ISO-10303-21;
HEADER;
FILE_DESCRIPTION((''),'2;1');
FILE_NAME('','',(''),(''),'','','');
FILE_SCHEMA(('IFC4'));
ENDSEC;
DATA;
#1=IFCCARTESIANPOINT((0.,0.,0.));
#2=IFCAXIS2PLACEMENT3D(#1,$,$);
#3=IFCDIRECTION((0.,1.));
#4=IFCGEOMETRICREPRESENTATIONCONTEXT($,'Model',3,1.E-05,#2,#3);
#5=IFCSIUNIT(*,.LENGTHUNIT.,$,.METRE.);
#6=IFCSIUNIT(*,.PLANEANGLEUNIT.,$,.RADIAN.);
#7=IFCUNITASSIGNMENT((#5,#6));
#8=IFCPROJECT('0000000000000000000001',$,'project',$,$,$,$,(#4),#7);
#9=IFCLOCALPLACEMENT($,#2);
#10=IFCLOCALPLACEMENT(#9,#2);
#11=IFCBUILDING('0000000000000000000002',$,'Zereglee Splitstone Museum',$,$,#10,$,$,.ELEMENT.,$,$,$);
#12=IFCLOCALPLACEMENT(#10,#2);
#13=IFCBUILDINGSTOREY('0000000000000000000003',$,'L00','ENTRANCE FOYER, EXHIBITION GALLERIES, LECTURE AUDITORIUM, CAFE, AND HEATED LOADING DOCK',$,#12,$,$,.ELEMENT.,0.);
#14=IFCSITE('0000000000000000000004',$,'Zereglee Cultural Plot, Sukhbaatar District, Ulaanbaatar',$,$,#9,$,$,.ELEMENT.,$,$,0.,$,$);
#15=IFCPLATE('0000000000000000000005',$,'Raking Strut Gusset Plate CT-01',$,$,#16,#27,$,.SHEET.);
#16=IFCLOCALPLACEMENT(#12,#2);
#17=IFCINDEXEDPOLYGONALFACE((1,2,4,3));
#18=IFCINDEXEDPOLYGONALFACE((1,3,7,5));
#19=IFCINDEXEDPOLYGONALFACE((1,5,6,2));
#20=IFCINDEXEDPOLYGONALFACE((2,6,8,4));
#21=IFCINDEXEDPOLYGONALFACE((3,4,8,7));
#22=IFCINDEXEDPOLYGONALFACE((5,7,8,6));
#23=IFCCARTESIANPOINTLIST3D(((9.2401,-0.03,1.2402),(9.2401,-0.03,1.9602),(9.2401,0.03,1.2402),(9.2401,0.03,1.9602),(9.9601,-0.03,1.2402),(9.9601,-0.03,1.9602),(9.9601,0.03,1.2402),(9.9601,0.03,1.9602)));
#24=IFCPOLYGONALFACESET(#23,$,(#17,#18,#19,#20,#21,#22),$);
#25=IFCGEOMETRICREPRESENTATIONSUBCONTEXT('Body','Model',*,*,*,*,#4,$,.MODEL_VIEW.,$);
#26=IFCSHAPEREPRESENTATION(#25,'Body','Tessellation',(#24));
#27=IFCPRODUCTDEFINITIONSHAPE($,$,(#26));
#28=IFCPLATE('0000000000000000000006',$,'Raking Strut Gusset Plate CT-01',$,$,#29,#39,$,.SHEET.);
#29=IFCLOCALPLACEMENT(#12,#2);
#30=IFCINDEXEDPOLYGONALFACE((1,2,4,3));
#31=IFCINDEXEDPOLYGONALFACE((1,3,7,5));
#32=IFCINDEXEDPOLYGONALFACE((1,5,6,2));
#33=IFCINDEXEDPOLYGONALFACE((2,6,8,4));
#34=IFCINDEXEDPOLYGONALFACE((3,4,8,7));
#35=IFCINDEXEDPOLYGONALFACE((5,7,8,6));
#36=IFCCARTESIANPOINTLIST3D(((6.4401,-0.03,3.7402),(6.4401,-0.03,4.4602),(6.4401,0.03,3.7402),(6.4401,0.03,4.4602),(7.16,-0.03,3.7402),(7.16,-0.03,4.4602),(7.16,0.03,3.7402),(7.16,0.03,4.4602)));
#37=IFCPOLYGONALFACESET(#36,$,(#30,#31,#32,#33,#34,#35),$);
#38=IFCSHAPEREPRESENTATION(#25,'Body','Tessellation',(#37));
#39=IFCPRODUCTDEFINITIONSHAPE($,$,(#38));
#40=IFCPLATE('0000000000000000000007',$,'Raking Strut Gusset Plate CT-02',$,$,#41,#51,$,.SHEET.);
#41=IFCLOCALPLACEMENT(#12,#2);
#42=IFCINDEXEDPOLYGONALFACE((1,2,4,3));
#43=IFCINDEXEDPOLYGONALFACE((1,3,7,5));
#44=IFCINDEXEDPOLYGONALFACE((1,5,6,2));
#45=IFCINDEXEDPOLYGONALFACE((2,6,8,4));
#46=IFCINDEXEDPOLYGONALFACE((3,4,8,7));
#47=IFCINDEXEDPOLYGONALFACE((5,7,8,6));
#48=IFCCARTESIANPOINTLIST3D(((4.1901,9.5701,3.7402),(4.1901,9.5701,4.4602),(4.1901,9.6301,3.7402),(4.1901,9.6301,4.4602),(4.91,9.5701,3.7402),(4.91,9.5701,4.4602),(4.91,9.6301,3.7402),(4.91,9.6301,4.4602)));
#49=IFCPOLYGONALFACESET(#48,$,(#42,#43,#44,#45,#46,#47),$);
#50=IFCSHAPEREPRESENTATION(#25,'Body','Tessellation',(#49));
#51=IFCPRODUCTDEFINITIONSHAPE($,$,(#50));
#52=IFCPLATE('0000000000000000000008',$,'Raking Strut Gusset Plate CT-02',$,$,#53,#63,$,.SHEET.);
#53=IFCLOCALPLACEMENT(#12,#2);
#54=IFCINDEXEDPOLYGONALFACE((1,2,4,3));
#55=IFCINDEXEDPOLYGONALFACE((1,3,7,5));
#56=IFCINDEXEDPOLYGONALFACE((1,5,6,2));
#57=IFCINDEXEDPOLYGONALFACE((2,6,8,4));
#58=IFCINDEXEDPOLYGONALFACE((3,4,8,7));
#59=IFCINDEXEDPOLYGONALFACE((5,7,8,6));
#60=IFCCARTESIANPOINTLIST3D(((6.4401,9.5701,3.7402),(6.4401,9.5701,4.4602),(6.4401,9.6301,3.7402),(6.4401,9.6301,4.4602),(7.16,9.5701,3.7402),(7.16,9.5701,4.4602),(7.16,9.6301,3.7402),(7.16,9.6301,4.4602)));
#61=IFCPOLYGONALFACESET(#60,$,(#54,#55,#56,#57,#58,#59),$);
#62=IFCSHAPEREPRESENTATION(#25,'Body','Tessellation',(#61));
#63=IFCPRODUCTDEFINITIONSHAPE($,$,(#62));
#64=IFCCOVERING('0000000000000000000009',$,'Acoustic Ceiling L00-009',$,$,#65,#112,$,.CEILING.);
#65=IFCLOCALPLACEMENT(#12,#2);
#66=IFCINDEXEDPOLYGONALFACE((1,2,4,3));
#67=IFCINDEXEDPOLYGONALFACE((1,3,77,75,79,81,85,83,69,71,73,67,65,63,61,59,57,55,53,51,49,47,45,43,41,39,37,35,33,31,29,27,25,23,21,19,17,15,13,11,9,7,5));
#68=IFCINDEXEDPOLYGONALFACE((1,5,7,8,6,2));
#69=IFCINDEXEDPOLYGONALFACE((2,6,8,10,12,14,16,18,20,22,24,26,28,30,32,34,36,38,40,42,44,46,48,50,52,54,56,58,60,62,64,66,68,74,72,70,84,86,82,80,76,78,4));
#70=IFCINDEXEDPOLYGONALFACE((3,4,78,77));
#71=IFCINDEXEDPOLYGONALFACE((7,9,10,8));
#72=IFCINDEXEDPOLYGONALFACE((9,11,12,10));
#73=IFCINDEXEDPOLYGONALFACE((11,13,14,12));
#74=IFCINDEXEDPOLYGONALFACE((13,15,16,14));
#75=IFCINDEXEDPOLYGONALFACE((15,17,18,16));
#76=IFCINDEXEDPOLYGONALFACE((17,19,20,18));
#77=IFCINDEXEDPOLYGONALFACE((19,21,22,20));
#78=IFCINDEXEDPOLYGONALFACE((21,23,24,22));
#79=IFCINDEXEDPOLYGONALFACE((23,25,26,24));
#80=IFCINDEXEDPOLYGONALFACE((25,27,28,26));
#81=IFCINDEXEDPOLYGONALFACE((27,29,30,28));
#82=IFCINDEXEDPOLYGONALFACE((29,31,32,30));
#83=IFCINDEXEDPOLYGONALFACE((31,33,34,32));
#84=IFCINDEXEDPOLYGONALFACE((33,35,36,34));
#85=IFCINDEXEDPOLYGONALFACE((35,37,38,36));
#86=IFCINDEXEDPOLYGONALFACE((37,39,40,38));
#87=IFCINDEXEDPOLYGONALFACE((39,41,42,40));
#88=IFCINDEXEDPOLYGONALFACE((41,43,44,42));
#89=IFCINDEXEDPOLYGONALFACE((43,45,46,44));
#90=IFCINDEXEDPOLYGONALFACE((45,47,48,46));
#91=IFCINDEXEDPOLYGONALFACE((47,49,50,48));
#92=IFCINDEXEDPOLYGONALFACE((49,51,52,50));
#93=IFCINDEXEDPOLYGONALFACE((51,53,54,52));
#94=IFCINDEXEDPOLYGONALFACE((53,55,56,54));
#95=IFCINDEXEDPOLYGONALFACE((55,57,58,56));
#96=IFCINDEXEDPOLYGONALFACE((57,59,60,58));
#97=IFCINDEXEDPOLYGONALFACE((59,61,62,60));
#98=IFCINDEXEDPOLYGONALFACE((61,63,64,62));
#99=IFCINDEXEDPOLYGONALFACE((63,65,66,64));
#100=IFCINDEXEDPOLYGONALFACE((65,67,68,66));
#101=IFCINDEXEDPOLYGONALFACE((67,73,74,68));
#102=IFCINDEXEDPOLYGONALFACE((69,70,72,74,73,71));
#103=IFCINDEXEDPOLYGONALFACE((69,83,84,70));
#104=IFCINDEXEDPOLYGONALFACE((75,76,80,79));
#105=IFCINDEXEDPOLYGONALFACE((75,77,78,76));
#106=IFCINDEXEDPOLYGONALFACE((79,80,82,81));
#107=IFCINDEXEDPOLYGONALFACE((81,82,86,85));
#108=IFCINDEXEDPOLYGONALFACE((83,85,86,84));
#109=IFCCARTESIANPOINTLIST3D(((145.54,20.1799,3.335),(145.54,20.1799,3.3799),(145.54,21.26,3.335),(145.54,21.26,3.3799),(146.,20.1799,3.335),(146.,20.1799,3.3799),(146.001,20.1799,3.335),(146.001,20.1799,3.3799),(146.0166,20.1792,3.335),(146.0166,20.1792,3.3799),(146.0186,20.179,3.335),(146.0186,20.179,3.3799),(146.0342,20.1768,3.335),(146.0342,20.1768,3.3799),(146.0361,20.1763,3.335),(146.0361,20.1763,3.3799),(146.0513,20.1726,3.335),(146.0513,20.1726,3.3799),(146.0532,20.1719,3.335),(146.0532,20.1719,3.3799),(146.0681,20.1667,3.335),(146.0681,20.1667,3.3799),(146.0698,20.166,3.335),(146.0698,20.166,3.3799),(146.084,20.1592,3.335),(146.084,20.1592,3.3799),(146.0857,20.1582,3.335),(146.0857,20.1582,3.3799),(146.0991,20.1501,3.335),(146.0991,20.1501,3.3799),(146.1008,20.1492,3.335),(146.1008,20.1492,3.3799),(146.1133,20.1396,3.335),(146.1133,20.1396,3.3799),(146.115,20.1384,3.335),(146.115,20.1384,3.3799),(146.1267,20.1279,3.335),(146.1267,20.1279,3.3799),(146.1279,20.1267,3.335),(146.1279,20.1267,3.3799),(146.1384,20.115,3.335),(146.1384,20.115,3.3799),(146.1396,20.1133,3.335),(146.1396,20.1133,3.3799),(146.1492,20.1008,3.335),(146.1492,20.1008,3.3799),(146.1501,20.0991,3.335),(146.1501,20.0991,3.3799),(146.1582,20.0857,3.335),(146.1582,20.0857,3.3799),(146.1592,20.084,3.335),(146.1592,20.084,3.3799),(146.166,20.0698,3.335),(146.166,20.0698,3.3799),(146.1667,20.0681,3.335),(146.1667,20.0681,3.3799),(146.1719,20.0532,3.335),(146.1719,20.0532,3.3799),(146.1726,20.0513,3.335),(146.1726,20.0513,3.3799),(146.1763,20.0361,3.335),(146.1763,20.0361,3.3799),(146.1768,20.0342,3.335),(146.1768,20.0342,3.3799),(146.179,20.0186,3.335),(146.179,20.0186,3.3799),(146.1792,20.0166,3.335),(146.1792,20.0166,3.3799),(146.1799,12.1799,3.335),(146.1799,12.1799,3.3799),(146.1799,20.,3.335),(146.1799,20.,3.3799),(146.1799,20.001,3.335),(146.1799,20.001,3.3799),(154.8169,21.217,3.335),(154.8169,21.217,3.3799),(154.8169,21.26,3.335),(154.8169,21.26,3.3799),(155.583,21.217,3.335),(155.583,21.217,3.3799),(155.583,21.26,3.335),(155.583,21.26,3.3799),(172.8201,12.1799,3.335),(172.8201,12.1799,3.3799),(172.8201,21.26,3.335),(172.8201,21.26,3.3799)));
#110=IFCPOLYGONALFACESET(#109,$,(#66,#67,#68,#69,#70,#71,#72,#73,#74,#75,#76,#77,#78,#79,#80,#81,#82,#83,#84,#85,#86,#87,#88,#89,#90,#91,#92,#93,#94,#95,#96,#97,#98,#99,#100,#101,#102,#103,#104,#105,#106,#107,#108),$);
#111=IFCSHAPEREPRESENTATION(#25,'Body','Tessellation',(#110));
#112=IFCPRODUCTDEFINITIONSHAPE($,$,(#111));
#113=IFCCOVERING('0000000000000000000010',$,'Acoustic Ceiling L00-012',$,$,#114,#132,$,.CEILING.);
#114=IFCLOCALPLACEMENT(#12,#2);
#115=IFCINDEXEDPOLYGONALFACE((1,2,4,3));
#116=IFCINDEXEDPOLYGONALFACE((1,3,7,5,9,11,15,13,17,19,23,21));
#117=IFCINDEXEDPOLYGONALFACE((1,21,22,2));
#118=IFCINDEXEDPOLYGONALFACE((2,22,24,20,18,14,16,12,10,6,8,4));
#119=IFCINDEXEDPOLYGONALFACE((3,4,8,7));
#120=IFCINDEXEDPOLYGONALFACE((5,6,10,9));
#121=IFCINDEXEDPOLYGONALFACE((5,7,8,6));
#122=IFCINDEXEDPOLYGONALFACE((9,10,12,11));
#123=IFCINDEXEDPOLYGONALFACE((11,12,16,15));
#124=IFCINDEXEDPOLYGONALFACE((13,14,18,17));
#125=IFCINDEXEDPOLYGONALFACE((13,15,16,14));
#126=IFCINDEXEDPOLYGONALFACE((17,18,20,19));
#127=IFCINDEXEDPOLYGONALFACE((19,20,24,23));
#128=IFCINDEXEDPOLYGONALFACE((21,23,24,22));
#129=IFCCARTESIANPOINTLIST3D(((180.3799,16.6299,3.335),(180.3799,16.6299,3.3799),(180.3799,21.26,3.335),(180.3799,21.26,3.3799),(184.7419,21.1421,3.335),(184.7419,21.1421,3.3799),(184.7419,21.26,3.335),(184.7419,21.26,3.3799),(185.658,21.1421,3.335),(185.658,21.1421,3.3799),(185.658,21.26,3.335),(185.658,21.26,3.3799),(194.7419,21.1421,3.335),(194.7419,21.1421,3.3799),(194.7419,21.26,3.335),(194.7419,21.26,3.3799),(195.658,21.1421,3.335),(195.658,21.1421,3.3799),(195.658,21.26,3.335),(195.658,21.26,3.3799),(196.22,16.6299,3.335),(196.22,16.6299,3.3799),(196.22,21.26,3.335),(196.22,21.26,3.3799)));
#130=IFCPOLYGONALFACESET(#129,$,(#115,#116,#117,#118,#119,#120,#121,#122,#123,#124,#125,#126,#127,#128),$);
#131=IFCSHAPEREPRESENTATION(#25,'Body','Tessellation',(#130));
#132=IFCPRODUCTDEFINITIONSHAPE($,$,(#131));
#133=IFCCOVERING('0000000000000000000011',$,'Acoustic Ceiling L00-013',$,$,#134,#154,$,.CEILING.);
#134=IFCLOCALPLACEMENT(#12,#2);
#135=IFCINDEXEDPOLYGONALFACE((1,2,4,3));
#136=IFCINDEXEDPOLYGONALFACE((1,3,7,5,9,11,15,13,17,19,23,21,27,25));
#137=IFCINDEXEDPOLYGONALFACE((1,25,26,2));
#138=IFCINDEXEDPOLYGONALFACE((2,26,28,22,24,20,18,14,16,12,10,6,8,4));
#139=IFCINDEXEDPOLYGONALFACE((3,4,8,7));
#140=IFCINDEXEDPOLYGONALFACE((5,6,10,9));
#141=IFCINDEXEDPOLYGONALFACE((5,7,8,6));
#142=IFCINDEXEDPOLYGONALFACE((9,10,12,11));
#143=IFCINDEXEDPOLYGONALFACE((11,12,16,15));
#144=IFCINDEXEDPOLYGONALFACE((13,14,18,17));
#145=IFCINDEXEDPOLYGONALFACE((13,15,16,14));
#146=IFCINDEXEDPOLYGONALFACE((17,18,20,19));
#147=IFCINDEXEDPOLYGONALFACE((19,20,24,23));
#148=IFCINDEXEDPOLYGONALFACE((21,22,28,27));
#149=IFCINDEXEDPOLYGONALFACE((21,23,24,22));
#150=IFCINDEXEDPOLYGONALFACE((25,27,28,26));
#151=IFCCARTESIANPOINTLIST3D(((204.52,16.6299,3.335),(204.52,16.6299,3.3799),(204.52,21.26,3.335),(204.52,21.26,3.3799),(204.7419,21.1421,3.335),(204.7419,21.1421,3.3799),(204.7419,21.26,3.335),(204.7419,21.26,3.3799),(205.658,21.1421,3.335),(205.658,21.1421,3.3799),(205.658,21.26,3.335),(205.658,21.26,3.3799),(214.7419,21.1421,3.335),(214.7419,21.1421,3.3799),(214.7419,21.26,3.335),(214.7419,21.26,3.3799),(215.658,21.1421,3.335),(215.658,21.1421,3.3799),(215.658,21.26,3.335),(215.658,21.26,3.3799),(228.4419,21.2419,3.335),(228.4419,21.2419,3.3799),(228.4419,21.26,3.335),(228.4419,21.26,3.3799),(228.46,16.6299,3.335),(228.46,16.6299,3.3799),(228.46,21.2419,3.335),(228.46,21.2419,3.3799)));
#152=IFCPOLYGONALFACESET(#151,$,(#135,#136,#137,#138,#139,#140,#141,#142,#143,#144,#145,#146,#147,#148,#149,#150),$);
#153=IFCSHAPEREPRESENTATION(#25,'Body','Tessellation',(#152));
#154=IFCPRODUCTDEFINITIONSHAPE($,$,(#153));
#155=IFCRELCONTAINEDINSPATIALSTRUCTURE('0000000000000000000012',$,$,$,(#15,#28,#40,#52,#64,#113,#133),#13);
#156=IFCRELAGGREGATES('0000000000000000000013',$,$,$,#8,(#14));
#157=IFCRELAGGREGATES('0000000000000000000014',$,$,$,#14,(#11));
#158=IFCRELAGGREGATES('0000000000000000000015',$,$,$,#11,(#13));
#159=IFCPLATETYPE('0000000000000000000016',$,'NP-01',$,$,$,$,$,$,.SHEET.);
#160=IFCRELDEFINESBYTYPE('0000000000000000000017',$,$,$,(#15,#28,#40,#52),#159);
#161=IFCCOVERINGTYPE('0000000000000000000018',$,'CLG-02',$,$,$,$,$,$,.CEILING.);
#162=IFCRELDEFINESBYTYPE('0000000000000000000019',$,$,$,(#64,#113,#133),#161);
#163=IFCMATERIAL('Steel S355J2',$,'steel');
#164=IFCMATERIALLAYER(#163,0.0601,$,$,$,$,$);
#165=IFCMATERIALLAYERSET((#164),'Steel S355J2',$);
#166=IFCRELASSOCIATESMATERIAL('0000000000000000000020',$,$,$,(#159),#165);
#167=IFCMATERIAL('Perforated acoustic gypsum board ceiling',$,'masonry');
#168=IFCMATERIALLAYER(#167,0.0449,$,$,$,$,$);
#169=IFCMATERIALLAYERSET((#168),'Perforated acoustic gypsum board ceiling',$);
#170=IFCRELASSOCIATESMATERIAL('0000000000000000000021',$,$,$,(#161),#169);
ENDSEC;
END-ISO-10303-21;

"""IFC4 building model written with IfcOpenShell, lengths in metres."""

from ifc_helpers import new_model, si_unit, direction, frame, origin, origin_2d, place, context, subcontext, project, spatial, polyline, rectangle, outline, extrude, material, layer, layer_set, type_object, element, save


model = new_model("IFC4")

# Units and contexts
model_context = context("Model", 3, precision=1e-05, world=origin(), true_north=direction((0.0, 1.0)))
body_context = subcontext(model_context, "Body", "Model", "MODEL_VIEW")
ifc_project = project(units=[si_unit("LENGTHUNIT", "METRE"), si_unit("PLANEANGLEUNIT", "RADIAN")], contexts=[model_context])

# Site, building, storey
site_placement = place(None, origin())
site = spatial("IfcSite", under=ifc_project, at=site_placement, Name="Zereglee Cultural Plot, Sukhbaatar District, Ulaanbaatar", CompositionType="ELEMENT", RefElevation=0.0)
building_placement = place(site_placement, origin())
building = spatial("IfcBuilding", under=site, at=building_placement, Name="Zereglee Splitstone Museum", CompositionType="ELEMENT")
storey_placement = place(building_placement, origin())
storey = spatial("IfcBuildingStorey", under=building, at=storey_placement, Name="L00", Description="ENTRANCE FOYER, EXHIBITION GALLERIES, LECTURE AUDITORIUM, CAFE, AND HEATED LOADING DOCK", CompositionType="ELEMENT", Elevation=0.0)

# Shared definitions
ifc_material_1 = material(Name="Steel S355J2", Category="steel")

# Plates
ifc_layer_1 = layer(ifc_material_1, 0.0601)
ifc_layer_set_1 = layer_set([ifc_layer_1], Name="Steel S355J2")
plate_type_1 = type_object("IfcPlateType", Name="NP-01", PredefinedType="SHEET", material=ifc_layer_set_1)
for number, where, z_axis, x_axis, name in (
    (1, (9.6001, 0.0, 1.2402), (0.0, 0.0, 1.0), (1.0, 0.0, 0.0), "Raking Strut Gusset Plate CT-01"),
    (2, (6.8, 0.0, 3.7402), (0.0, 0.0, 1.0), (1.0, 0.0, 0.0), "Raking Strut Gusset Plate CT-01"),
    (3, (4.55, 9.6001, 3.7402), (0.0, 0.0, 1.0), (1.0, 0.0, 0.0), "Raking Strut Gusset Plate CT-02"),
    (4, (6.8, 9.6001, 3.7402), (0.0, 0.0, 1.0), (1.0, 0.0, 0.0), "Raking Strut Gusset Plate CT-02"),
):
    element("IfcPlate", number, at=place(storey_placement, frame(where, z_axis=z_axis, x_axis=x_axis)), inside=storey, type_object=plate_type_1, Name=name, PredefinedType="SHEET", context=body_context, shape_type="SweptSolid", body=[
        extrude(rectangle(XDim=0.72, YDim=0.0601, at=origin_2d()), origin(), (0.0, 0.0, 1.0), 0.72),
    ])

# Coverings
ifc_material_2 = material(Name="Perforated acoustic gypsum board ceiling", Category="masonry")
ifc_layer_2 = layer(ifc_material_2, 0.0449)
ifc_layer_set_2 = layer_set([ifc_layer_2], Name="Perforated acoustic gypsum board ceiling")
covering_type_1 = type_object("IfcCoveringType", Name="CLG-02", PredefinedType="CEILING", material=ifc_layer_set_2)
covering_1_placement = place(storey_placement, frame((0.0, 0.0, 3.335)))
element("IfcCovering", 5, at=covering_1_placement, inside=storey, type_object=covering_type_1, Name="Acoustic Ceiling L00-009", PredefinedType="CEILING", context=body_context, shape_type="SweptSolid", body=[
    extrude(outline(polyline([(146.1799, 20.0), (146.1799, 20.001), (146.1792, 20.0166), (146.179, 20.0186), (146.1768, 20.0342), (146.1763, 20.0361), (146.1726, 20.0513), (146.1719, 20.0532), (146.1667, 20.0681), (146.166, 20.0698), (146.1592, 20.084), (146.1582, 20.0857), (146.1501, 20.0991), (146.1492, 20.1008), (146.1396, 20.1133), (146.1384, 20.115), (146.1279, 20.1267), (146.1267, 20.1279), (146.115, 20.1384), (146.1133, 20.1396), (146.1008, 20.1492), (146.0991, 20.1501), (146.0857, 20.1582), (146.084, 20.1592), (146.0698, 20.166), (146.0681, 20.1667), (146.0532, 20.1719), (146.0513, 20.1726), (146.0361, 20.1763), (146.0342, 20.1768), (146.0186, 20.179), (146.0166, 20.1792), (146.001, 20.1799), (146.0, 20.1799), (145.54, 20.1799), (145.54, 21.26), (154.8169, 21.26), (154.8169, 21.217), (155.583, 21.217), (155.583, 21.26), (172.8201, 21.26), (172.8201, 12.1799), (146.1799, 12.1799), (146.1799, 20.0)])), origin(), (0.0, 0.0, 1.0), 0.0449),
])
covering_2_placement = place(storey_placement, frame((0.0, 0.0, 3.335)))
element("IfcCovering", 6, at=covering_2_placement, inside=storey, type_object=covering_type_1, Name="Acoustic Ceiling L00-012", PredefinedType="CEILING", context=body_context, shape_type="SweptSolid", body=[
    extrude(outline(polyline([(196.22, 16.6299), (180.3799, 16.6299), (180.3799, 21.26), (184.7419, 21.26), (184.7419, 21.1421), (185.658, 21.1421), (185.658, 21.26), (194.7419, 21.26), (194.7419, 21.1421), (195.658, 21.1421), (195.658, 21.26), (196.22, 21.26), (196.22, 16.6299)])), origin(), (0.0, 0.0, 1.0), 0.0449),
])
covering_3_placement = place(storey_placement, frame((0.0, 0.0, 3.335)))
element("IfcCovering", 7, at=covering_3_placement, inside=storey, type_object=covering_type_1, Name="Acoustic Ceiling L00-013", PredefinedType="CEILING", context=body_context, shape_type="SweptSolid", body=[
    extrude(outline(polyline([(204.52, 21.26), (204.7419, 21.26), (204.7419, 21.1421), (205.658, 21.1421), (205.658, 21.26), (214.7419, 21.26), (214.7419, 21.1421), (215.658, 21.1421), (215.658, 21.26), (228.4419, 21.26), (228.4419, 21.2419), (228.46, 21.2419), (228.46, 16.6299), (204.52, 16.6299), (204.52, 21.26)])), origin(), (0.0, 0.0, 1.0), 0.0449),
])

save(model, "model.ifc")
